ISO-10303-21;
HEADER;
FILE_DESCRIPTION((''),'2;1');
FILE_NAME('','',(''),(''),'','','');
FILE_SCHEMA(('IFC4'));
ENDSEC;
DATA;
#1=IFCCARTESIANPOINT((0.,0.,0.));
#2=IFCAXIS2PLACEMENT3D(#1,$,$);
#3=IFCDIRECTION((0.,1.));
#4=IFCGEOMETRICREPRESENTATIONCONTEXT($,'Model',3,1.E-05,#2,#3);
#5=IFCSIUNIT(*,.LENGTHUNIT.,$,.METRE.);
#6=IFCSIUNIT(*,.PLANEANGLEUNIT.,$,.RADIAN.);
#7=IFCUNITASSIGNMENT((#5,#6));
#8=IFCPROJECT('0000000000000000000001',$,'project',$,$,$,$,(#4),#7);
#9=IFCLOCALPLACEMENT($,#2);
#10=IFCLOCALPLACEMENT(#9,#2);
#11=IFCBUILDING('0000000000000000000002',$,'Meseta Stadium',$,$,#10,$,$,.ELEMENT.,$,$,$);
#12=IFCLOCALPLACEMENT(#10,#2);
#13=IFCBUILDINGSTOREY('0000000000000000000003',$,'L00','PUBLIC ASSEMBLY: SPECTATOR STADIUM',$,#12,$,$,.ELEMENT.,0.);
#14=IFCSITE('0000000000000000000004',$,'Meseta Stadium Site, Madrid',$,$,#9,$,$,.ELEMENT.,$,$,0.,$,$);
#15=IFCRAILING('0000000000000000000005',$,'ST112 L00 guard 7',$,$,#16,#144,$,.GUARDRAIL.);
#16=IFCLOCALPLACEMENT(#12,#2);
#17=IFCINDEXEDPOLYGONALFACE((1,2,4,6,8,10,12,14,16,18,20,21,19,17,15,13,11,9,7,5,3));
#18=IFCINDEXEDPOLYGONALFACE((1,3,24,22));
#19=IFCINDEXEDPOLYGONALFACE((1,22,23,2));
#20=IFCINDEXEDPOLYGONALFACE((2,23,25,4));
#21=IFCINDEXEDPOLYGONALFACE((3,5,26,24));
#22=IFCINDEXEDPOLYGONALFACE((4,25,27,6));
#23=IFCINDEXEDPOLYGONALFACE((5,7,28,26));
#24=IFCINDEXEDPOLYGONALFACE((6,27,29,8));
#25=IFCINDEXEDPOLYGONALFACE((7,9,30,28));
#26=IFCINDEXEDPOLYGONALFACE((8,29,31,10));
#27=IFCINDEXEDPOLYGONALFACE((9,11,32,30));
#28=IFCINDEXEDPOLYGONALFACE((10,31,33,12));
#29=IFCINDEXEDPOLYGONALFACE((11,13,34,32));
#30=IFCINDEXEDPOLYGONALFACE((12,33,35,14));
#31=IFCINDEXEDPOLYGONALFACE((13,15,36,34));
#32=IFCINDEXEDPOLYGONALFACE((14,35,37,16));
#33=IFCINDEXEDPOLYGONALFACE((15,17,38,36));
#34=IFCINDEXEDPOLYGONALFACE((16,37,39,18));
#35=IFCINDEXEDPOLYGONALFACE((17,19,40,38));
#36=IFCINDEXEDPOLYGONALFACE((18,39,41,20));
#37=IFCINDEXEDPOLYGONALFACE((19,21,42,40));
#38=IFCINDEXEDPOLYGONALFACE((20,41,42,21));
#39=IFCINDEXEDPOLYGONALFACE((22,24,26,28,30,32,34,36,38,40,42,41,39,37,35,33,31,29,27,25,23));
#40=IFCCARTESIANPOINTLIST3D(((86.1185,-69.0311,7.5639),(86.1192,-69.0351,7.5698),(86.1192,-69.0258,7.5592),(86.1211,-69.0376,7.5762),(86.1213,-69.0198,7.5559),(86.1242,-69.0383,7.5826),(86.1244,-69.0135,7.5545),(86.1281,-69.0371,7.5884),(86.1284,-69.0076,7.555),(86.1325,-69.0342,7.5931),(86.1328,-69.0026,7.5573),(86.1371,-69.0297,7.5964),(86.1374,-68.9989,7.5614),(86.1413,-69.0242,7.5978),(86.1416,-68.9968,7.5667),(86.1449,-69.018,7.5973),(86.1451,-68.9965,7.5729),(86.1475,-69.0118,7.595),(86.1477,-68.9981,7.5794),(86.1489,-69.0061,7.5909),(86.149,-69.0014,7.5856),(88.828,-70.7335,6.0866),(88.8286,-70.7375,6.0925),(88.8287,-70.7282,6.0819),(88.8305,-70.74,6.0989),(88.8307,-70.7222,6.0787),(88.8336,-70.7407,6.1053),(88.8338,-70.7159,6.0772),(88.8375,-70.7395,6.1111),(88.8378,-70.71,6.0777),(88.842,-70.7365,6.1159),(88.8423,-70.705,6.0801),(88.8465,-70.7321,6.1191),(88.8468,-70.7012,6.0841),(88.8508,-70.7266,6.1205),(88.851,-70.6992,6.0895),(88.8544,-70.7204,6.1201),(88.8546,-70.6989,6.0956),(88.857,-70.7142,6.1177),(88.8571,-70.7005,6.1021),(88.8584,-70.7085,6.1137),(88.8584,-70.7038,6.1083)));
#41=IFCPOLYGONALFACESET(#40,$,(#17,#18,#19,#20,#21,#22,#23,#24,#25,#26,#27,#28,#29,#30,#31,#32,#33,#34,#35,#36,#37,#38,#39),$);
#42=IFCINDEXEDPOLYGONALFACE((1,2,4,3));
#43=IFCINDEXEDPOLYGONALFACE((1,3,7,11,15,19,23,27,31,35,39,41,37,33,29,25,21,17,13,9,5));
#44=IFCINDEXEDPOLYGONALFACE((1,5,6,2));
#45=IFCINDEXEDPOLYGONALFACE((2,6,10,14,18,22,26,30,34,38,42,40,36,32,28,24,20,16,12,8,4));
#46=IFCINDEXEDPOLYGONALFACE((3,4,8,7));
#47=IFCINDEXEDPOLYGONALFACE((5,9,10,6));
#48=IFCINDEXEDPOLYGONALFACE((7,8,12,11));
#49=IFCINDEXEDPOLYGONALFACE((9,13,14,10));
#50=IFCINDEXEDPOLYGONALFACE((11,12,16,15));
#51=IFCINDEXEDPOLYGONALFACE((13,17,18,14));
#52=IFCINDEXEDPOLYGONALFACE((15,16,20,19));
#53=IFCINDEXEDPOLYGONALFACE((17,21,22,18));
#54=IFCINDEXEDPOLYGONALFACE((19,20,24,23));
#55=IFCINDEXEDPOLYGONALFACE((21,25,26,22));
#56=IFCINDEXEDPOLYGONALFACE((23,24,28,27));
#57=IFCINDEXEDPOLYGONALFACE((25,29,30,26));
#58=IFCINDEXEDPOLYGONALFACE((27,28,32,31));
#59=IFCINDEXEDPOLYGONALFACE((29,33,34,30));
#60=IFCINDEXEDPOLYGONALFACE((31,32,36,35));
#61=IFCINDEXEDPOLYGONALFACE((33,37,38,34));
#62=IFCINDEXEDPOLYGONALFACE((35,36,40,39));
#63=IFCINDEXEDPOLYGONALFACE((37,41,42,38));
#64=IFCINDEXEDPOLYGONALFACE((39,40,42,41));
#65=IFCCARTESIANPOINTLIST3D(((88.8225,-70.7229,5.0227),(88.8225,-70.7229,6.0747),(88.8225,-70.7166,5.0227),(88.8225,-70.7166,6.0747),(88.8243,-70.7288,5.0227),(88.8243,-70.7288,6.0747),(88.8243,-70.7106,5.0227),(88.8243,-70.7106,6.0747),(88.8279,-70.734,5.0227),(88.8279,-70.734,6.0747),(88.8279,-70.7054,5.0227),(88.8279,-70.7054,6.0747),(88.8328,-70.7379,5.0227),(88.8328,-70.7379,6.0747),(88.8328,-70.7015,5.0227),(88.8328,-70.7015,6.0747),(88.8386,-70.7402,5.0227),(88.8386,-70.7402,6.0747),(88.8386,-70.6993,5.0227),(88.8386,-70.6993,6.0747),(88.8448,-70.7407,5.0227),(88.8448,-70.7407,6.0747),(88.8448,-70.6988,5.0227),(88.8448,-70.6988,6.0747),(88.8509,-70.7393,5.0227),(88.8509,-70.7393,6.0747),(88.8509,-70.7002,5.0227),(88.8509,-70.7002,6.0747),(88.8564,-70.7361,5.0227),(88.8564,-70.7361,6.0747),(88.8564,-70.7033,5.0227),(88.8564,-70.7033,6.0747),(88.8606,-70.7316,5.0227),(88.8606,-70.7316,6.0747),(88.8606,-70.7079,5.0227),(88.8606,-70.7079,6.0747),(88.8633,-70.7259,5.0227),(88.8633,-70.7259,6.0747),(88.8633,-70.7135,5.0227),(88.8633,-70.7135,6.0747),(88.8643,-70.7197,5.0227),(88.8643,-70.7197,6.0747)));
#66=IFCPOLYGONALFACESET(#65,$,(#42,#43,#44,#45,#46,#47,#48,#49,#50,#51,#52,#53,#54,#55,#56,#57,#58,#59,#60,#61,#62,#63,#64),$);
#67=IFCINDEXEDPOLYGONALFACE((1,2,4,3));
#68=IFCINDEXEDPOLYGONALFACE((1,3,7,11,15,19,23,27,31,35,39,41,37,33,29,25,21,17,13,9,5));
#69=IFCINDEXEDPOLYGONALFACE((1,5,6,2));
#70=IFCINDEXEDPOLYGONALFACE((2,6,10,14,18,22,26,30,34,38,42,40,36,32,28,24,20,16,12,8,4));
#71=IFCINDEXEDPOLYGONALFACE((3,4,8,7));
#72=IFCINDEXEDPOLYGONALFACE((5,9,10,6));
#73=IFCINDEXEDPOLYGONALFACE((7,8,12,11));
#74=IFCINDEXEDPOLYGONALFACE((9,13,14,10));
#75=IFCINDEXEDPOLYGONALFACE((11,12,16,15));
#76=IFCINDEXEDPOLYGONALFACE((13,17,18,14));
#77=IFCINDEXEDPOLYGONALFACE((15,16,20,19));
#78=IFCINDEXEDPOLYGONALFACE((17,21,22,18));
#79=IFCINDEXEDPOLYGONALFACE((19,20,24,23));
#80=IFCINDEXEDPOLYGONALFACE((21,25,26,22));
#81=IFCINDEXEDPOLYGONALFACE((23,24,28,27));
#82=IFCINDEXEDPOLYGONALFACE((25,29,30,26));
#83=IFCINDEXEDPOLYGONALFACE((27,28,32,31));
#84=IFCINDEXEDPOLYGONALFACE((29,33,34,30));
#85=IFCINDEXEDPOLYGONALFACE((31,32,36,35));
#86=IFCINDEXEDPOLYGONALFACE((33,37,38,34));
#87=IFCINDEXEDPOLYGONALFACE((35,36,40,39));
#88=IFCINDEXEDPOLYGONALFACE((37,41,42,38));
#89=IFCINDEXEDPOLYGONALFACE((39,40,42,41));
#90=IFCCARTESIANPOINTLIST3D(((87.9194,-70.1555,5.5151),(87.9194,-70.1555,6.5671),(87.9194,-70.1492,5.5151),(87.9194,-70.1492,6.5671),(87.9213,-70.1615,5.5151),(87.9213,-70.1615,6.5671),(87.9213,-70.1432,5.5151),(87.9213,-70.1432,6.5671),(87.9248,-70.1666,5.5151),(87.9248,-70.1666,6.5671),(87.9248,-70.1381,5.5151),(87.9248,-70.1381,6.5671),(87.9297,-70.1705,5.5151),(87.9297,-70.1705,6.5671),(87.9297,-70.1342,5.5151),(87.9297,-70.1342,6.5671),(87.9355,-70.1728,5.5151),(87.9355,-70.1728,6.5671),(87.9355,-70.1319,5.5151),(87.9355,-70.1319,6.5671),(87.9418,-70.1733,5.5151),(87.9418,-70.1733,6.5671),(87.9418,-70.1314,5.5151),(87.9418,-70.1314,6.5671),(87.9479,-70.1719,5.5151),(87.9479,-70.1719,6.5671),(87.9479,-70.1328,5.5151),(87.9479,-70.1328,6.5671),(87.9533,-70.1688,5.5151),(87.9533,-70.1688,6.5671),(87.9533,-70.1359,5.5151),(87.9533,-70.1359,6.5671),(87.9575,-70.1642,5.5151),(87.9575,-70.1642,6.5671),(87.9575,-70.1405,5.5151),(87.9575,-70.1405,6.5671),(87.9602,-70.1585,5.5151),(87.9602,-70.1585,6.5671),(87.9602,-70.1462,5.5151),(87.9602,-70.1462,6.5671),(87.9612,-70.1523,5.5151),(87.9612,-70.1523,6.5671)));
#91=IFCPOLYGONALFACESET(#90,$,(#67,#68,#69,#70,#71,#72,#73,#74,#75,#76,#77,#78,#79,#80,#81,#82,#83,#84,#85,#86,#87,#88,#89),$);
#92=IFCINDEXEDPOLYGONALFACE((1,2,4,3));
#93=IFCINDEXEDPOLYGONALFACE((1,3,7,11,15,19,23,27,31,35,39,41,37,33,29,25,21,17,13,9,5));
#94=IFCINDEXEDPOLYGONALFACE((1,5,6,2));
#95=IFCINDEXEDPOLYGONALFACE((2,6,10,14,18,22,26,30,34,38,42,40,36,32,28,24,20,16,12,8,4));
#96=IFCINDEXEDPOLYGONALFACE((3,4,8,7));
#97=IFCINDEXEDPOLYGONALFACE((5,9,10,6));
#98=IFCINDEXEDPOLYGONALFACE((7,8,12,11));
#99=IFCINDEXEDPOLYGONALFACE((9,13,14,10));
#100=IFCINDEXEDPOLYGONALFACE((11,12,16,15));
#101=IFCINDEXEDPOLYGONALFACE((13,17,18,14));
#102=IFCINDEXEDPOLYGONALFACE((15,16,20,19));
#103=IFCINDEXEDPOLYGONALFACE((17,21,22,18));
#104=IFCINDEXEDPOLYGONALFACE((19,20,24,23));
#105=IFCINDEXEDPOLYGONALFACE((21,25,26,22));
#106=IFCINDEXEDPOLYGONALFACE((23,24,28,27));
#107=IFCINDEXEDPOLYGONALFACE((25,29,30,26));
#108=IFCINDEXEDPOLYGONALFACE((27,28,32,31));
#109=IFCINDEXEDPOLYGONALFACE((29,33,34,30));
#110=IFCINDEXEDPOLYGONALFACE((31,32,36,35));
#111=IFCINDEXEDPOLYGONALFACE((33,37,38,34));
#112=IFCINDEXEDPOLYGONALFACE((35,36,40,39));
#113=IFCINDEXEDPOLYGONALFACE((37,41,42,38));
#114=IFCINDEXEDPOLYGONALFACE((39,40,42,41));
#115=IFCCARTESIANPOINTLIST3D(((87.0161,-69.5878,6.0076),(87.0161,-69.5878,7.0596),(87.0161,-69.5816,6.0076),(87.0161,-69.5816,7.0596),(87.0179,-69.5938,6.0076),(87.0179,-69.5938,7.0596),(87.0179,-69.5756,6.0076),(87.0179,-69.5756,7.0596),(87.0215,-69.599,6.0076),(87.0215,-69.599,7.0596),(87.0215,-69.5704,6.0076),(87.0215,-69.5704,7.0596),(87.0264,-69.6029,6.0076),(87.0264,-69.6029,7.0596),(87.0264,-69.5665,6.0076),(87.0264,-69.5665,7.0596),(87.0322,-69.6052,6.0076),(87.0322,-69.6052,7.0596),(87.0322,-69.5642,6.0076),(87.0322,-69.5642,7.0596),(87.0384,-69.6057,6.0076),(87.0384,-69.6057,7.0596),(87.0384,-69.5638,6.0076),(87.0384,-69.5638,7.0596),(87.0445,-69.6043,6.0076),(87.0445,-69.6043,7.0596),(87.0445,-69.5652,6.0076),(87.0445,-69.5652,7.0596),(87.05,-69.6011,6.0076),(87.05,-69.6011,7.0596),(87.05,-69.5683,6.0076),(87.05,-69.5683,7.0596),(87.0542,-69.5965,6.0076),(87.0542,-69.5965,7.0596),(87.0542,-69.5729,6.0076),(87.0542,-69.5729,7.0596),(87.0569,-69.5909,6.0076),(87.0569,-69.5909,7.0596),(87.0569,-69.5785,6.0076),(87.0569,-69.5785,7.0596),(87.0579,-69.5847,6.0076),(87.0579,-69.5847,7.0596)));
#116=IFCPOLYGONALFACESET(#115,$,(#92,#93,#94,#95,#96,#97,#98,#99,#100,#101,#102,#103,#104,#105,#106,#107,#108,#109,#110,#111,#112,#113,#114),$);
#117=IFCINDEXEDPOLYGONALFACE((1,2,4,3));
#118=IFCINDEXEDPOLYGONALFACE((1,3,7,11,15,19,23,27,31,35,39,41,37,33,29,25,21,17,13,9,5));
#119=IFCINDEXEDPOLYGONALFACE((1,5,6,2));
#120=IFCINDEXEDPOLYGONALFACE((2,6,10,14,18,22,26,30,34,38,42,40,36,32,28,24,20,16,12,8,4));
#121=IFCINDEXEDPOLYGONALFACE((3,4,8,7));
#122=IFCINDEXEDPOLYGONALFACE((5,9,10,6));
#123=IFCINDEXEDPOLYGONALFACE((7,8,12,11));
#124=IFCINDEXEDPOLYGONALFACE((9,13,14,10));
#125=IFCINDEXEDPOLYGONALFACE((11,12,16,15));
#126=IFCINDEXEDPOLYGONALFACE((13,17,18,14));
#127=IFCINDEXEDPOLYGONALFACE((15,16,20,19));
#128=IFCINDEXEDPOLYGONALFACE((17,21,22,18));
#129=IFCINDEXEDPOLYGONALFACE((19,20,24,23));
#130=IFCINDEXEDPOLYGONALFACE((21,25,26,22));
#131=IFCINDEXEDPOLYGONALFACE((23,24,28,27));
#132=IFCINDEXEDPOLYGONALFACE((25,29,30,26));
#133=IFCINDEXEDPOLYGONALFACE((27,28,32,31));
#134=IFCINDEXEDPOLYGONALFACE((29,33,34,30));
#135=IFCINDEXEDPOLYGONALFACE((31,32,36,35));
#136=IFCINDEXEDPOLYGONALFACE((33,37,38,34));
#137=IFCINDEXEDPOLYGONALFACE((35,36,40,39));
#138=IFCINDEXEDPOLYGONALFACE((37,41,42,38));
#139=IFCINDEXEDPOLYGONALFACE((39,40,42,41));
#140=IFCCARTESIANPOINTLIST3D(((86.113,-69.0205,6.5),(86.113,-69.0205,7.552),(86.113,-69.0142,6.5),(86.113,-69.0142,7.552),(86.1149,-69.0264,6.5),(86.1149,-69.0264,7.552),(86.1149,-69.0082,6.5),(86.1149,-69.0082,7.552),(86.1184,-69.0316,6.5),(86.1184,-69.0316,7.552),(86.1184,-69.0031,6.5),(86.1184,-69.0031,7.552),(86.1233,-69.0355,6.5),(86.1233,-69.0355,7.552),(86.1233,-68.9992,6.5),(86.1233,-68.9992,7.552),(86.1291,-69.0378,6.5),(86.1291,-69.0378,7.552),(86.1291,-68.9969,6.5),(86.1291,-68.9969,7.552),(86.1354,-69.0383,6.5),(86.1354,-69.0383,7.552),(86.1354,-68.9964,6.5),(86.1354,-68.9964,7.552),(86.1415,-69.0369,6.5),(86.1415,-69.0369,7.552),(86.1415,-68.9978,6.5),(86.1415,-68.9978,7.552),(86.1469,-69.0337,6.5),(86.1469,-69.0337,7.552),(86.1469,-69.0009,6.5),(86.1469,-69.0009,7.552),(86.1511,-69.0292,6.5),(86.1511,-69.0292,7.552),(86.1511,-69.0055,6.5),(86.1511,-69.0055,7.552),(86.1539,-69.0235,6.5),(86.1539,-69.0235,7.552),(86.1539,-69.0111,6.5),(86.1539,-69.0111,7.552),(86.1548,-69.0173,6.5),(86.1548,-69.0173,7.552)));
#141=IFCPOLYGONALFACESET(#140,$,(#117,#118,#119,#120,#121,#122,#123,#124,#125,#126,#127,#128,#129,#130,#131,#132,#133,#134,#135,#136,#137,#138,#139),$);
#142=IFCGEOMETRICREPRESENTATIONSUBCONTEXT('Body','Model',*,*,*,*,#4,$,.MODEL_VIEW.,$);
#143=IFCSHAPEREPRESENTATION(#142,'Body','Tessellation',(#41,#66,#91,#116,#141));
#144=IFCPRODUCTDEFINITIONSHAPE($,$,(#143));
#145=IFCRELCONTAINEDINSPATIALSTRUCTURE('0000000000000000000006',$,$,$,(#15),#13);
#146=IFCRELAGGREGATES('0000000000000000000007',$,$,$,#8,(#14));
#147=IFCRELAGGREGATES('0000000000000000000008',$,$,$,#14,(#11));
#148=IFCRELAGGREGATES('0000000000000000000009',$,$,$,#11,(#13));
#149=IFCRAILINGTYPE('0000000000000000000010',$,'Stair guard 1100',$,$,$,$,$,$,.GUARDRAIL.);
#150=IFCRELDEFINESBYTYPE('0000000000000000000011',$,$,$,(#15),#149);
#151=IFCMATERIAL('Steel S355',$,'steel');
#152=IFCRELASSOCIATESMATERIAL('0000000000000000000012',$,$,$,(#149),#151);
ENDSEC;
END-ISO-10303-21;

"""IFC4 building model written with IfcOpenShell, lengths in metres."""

from ifc_helpers import new_model, si_unit, direction, frame, origin, origin_2d, place, context, subcontext, project, spatial, circle, extrude, material, type_object, element, save


model = new_model("IFC4")

# Units and contexts
model_context = context("Model", 3, precision=1e-05, world=origin(), true_north=direction((0.0, 1.0)))
body_context = subcontext(model_context, "Body", "Model", "MODEL_VIEW")
ifc_project = project(units=[si_unit("LENGTHUNIT", "METRE"), si_unit("PLANEANGLEUNIT", "RADIAN")], contexts=[model_context])

# Site, building, storey
site_placement = place(None, origin())
site = spatial("IfcSite", under=ifc_project, at=site_placement, Name="Meseta Stadium Site, Madrid", CompositionType="ELEMENT", RefElevation=0.0)
building_placement = place(site_placement, origin())
building = spatial("IfcBuilding", under=site, at=building_placement, Name="Meseta Stadium", CompositionType="ELEMENT")
storey_placement = place(building_placement, origin())
storey = spatial("IfcBuildingStorey", under=building, at=storey_placement, Name="L00", Description="PUBLIC ASSEMBLY: SPECTATOR STADIUM", CompositionType="ELEMENT", Elevation=0.0)

# Railing
ifc_material_1 = material(Name="Steel S355", Category="steel")
railing_type_1 = type_object("IfcRailingType", Name="Stair guard 1100", PredefinedType="GUARDRAIL", material=ifc_material_1)
railing_1_placement = place(storey_placement, frame((88.8433, -70.7197, 5.0227)))
element("IfcRailing", 1, at=railing_1_placement, inside=storey, type_object=railing_type_1, Name="ST112 L00 guard 7", PredefinedType="GUARDRAIL", context=body_context, shape_type="SweptSolid", body=[
    extrude(circle(Radius=0.0239, at=origin_2d()), frame((0.0, 0.0, 1.0762), z_axis=(-0.768764, 0.483023, 0.419156), x_axis=(-0.532014, -0.846736, 0.0)), (0.0, 0.0, 1.0), 3.5244),
    extrude(circle(Radius=0.021, at=origin_2d()), origin(), (0.0, 0.0, 1.0), 1.052),
    extrude(circle(Radius=0.021, at=origin_2d()), frame((-0.9031, 0.5674, 0.4924)), (0.0, 0.0, 1.0), 1.052),
    extrude(circle(Radius=0.021, at=origin_2d()), frame((-1.8064, 1.135, 0.9849)), (0.0, 0.0, 1.0), 1.052),
    extrude(circle(Radius=0.021, at=origin_2d()), frame((-2.7095, 1.7024, 1.4773)), (0.0, 0.0, 1.0), 1.052),
])

save(model, "model.ifc")
